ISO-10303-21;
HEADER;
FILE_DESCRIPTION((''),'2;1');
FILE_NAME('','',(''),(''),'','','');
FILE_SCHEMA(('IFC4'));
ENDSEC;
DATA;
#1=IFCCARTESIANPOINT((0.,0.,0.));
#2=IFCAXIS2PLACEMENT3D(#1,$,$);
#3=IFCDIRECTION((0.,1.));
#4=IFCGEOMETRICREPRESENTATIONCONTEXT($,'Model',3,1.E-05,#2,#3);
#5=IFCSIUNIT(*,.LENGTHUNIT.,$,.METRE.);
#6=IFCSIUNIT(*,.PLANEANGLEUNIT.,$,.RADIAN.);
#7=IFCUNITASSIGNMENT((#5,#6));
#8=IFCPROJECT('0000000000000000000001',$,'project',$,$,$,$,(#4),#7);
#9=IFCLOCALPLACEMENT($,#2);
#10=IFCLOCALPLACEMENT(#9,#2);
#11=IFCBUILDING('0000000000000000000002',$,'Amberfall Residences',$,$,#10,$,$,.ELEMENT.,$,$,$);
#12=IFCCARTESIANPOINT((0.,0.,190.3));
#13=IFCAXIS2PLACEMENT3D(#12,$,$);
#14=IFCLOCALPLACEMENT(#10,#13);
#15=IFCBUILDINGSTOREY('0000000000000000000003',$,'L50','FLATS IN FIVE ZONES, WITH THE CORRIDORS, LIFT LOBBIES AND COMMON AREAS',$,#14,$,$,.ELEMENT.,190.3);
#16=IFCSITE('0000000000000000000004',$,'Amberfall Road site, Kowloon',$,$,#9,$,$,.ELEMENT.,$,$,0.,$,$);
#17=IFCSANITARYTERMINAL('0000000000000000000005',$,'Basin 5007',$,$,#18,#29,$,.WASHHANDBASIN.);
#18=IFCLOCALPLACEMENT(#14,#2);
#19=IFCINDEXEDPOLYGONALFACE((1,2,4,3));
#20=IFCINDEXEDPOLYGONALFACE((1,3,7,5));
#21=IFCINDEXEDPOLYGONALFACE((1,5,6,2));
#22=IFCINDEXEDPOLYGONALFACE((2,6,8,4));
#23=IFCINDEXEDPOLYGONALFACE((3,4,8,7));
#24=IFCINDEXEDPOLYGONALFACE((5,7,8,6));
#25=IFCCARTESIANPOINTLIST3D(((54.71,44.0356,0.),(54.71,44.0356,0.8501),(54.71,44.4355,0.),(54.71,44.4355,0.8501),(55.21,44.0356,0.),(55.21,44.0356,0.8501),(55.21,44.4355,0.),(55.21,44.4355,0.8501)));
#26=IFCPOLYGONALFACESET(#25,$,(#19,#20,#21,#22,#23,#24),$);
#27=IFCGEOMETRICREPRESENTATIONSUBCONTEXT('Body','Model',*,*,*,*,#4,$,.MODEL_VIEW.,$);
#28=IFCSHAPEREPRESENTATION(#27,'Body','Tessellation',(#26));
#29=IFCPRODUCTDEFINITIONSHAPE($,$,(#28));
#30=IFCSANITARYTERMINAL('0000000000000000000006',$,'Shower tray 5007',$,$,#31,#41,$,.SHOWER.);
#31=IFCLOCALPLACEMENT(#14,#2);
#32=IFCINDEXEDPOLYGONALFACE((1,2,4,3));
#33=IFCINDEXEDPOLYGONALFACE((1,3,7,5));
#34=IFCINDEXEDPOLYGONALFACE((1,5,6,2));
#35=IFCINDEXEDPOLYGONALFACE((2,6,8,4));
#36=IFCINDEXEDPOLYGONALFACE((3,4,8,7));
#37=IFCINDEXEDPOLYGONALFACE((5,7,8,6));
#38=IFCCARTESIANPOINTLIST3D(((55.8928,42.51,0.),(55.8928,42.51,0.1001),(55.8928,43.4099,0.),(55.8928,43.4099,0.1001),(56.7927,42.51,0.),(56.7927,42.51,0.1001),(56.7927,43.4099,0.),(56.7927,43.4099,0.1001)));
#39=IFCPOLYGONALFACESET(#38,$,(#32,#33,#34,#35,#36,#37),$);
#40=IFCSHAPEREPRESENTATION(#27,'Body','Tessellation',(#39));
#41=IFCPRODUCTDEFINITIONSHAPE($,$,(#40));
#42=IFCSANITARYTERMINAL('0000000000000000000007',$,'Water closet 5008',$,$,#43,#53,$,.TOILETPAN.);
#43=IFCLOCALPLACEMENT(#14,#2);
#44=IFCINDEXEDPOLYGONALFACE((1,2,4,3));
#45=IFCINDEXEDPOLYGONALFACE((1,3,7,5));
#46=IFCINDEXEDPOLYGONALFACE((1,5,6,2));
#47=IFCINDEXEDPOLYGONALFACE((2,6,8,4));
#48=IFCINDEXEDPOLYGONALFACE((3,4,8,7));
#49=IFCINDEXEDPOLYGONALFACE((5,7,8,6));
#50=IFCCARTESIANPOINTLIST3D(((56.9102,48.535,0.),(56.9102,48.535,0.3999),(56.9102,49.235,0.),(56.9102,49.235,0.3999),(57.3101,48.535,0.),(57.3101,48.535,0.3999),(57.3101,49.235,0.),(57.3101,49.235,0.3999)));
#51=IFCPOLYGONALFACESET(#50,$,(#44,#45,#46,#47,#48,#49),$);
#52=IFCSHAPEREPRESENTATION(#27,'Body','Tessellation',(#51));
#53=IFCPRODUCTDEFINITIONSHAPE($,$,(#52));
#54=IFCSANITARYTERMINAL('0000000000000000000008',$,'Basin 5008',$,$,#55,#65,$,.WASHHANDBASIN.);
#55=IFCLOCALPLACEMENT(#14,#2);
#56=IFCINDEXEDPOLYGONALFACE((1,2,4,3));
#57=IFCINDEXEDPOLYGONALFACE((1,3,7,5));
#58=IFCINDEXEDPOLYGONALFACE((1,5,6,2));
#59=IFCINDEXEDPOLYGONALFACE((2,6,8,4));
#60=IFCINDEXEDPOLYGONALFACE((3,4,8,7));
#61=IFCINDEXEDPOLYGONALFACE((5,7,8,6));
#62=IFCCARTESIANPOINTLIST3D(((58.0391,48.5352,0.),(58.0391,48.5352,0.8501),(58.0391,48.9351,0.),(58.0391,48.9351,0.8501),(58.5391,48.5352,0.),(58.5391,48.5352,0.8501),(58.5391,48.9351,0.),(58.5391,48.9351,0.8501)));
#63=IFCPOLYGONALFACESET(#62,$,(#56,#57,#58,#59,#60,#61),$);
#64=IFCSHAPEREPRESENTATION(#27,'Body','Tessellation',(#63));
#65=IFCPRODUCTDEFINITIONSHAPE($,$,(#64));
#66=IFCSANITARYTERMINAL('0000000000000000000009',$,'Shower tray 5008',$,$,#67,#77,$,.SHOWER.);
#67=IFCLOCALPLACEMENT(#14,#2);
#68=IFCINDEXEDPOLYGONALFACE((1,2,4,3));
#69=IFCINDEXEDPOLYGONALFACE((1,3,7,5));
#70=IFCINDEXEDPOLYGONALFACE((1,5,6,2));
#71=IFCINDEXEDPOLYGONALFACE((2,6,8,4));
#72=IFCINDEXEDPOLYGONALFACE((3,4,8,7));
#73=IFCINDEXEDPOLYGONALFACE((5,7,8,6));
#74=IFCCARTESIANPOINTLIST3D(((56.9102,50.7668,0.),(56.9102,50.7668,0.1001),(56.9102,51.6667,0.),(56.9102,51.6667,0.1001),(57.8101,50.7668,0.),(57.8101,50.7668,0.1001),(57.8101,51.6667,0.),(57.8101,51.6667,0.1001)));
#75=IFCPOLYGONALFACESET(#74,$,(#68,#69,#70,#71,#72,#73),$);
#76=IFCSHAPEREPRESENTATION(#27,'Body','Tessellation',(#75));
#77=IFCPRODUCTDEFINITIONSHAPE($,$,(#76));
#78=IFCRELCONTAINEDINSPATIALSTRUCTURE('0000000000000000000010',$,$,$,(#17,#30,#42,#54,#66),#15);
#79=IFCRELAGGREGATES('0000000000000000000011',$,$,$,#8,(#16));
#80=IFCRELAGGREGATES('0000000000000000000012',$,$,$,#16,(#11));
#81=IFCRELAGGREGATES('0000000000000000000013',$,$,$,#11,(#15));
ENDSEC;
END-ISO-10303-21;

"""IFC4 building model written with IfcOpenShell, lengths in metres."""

from ifc_helpers import new_model, si_unit, direction, frame, origin, origin_2d, place, context, subcontext, project, spatial, rectangle, extrude, element, save


model = new_model("IFC4")

# Units and contexts
model_context = context("Model", 3, precision=1e-05, world=origin(), true_north=direction((0.0, 1.0)))
body_context = subcontext(model_context, "Body", "Model", "MODEL_VIEW")
ifc_project = project(units=[si_unit("LENGTHUNIT", "METRE"), si_unit("PLANEANGLEUNIT", "RADIAN")], contexts=[model_context])

# Site, building, storey
site_placement = place(None, origin())
site = spatial("IfcSite", under=ifc_project, at=site_placement, Name="Amberfall Road site, Kowloon", CompositionType="ELEMENT", RefElevation=0.0)
building_placement = place(site_placement, origin())
building = spatial("IfcBuilding", under=site, at=building_placement, Name="Amberfall Residences", CompositionType="ELEMENT")
storey_placement = place(building_placement, frame((0.0, 0.0, 190.3)))
storey = spatial("IfcBuildingStorey", under=building, at=storey_placement, Name="L50", Description="FLATS IN FIVE ZONES, WITH THE CORRIDORS, LIFT LOBBIES AND COMMON AREAS", CompositionType="ELEMENT", Elevation=190.3)

# Sanitary terminals
sanitary_terminal_1_placement = place(storey_placement, frame((54.96, 44.2356, 0.0), z_axis=(0.0, 0.0, 1.0), x_axis=(1.0, 0.0, 0.0)))
element("IfcSanitaryTerminal", 1, at=sanitary_terminal_1_placement, inside=storey, Name="Basin 5007", PredefinedType="WASHHANDBASIN", context=body_context, shape_type="SweptSolid", body=[
    extrude(rectangle(XDim=0.5, YDim=0.3999, at=origin_2d()), origin(), (0.0, 0.0, 1.0), 0.8501),
])
sanitary_terminal_2_placement = place(storey_placement, frame((56.3428, 42.96, 0.0), z_axis=(0.0, 0.0, 1.0), x_axis=(1.0, 0.0, 0.0)))
element("IfcSanitaryTerminal", 2, at=sanitary_terminal_2_placement, inside=storey, Name="Shower tray 5007", PredefinedType="SHOWER", context=body_context, shape_type="SweptSolid", body=[
    extrude(rectangle(XDim=0.8999, YDim=0.8999, at=origin_2d()), origin(), (0.0, 0.0, 1.0), 0.1001),
])
sanitary_terminal_3_placement = place(storey_placement, frame((57.1101, 48.885, 0.0), z_axis=(0.0, 0.0, 1.0), x_axis=(1.0, 0.0, 0.0)))
element("IfcSanitaryTerminal", 3, at=sanitary_terminal_3_placement, inside=storey, Name="Water closet 5008", PredefinedType="TOILETPAN", context=body_context, shape_type="SweptSolid", body=[
    extrude(rectangle(XDim=0.3999, YDim=0.7, at=origin_2d()), origin(), (0.0, 0.0, 1.0), 0.3999),
])
sanitary_terminal_4_placement = place(storey_placement, frame((58.2891, 48.7351, 0.0), z_axis=(0.0, 0.0, 1.0), x_axis=(1.0, 0.0, 0.0)))
element("IfcSanitaryTerminal", 4, at=sanitary_terminal_4_placement, inside=storey, Name="Basin 5008", PredefinedType="WASHHANDBASIN", context=body_context, shape_type="SweptSolid", body=[
    extrude(rectangle(XDim=0.5, YDim=0.3999, at=origin_2d()), origin(), (0.0, 0.0, 1.0), 0.8501),
])
sanitary_terminal_5_placement = place(storey_placement, frame((57.3601, 51.2168, 0.0), z_axis=(0.0, 0.0, 1.0), x_axis=(1.0, 0.0, 0.0)))
element("IfcSanitaryTerminal", 5, at=sanitary_terminal_5_placement, inside=storey, Name="Shower tray 5008", PredefinedType="SHOWER", context=body_context, shape_type="SweptSolid", body=[
    extrude(rectangle(XDim=0.8999, YDim=0.8999, at=origin_2d()), origin(), (0.0, 0.0, 1.0), 0.1001),
])

save(model, "model.ifc")
